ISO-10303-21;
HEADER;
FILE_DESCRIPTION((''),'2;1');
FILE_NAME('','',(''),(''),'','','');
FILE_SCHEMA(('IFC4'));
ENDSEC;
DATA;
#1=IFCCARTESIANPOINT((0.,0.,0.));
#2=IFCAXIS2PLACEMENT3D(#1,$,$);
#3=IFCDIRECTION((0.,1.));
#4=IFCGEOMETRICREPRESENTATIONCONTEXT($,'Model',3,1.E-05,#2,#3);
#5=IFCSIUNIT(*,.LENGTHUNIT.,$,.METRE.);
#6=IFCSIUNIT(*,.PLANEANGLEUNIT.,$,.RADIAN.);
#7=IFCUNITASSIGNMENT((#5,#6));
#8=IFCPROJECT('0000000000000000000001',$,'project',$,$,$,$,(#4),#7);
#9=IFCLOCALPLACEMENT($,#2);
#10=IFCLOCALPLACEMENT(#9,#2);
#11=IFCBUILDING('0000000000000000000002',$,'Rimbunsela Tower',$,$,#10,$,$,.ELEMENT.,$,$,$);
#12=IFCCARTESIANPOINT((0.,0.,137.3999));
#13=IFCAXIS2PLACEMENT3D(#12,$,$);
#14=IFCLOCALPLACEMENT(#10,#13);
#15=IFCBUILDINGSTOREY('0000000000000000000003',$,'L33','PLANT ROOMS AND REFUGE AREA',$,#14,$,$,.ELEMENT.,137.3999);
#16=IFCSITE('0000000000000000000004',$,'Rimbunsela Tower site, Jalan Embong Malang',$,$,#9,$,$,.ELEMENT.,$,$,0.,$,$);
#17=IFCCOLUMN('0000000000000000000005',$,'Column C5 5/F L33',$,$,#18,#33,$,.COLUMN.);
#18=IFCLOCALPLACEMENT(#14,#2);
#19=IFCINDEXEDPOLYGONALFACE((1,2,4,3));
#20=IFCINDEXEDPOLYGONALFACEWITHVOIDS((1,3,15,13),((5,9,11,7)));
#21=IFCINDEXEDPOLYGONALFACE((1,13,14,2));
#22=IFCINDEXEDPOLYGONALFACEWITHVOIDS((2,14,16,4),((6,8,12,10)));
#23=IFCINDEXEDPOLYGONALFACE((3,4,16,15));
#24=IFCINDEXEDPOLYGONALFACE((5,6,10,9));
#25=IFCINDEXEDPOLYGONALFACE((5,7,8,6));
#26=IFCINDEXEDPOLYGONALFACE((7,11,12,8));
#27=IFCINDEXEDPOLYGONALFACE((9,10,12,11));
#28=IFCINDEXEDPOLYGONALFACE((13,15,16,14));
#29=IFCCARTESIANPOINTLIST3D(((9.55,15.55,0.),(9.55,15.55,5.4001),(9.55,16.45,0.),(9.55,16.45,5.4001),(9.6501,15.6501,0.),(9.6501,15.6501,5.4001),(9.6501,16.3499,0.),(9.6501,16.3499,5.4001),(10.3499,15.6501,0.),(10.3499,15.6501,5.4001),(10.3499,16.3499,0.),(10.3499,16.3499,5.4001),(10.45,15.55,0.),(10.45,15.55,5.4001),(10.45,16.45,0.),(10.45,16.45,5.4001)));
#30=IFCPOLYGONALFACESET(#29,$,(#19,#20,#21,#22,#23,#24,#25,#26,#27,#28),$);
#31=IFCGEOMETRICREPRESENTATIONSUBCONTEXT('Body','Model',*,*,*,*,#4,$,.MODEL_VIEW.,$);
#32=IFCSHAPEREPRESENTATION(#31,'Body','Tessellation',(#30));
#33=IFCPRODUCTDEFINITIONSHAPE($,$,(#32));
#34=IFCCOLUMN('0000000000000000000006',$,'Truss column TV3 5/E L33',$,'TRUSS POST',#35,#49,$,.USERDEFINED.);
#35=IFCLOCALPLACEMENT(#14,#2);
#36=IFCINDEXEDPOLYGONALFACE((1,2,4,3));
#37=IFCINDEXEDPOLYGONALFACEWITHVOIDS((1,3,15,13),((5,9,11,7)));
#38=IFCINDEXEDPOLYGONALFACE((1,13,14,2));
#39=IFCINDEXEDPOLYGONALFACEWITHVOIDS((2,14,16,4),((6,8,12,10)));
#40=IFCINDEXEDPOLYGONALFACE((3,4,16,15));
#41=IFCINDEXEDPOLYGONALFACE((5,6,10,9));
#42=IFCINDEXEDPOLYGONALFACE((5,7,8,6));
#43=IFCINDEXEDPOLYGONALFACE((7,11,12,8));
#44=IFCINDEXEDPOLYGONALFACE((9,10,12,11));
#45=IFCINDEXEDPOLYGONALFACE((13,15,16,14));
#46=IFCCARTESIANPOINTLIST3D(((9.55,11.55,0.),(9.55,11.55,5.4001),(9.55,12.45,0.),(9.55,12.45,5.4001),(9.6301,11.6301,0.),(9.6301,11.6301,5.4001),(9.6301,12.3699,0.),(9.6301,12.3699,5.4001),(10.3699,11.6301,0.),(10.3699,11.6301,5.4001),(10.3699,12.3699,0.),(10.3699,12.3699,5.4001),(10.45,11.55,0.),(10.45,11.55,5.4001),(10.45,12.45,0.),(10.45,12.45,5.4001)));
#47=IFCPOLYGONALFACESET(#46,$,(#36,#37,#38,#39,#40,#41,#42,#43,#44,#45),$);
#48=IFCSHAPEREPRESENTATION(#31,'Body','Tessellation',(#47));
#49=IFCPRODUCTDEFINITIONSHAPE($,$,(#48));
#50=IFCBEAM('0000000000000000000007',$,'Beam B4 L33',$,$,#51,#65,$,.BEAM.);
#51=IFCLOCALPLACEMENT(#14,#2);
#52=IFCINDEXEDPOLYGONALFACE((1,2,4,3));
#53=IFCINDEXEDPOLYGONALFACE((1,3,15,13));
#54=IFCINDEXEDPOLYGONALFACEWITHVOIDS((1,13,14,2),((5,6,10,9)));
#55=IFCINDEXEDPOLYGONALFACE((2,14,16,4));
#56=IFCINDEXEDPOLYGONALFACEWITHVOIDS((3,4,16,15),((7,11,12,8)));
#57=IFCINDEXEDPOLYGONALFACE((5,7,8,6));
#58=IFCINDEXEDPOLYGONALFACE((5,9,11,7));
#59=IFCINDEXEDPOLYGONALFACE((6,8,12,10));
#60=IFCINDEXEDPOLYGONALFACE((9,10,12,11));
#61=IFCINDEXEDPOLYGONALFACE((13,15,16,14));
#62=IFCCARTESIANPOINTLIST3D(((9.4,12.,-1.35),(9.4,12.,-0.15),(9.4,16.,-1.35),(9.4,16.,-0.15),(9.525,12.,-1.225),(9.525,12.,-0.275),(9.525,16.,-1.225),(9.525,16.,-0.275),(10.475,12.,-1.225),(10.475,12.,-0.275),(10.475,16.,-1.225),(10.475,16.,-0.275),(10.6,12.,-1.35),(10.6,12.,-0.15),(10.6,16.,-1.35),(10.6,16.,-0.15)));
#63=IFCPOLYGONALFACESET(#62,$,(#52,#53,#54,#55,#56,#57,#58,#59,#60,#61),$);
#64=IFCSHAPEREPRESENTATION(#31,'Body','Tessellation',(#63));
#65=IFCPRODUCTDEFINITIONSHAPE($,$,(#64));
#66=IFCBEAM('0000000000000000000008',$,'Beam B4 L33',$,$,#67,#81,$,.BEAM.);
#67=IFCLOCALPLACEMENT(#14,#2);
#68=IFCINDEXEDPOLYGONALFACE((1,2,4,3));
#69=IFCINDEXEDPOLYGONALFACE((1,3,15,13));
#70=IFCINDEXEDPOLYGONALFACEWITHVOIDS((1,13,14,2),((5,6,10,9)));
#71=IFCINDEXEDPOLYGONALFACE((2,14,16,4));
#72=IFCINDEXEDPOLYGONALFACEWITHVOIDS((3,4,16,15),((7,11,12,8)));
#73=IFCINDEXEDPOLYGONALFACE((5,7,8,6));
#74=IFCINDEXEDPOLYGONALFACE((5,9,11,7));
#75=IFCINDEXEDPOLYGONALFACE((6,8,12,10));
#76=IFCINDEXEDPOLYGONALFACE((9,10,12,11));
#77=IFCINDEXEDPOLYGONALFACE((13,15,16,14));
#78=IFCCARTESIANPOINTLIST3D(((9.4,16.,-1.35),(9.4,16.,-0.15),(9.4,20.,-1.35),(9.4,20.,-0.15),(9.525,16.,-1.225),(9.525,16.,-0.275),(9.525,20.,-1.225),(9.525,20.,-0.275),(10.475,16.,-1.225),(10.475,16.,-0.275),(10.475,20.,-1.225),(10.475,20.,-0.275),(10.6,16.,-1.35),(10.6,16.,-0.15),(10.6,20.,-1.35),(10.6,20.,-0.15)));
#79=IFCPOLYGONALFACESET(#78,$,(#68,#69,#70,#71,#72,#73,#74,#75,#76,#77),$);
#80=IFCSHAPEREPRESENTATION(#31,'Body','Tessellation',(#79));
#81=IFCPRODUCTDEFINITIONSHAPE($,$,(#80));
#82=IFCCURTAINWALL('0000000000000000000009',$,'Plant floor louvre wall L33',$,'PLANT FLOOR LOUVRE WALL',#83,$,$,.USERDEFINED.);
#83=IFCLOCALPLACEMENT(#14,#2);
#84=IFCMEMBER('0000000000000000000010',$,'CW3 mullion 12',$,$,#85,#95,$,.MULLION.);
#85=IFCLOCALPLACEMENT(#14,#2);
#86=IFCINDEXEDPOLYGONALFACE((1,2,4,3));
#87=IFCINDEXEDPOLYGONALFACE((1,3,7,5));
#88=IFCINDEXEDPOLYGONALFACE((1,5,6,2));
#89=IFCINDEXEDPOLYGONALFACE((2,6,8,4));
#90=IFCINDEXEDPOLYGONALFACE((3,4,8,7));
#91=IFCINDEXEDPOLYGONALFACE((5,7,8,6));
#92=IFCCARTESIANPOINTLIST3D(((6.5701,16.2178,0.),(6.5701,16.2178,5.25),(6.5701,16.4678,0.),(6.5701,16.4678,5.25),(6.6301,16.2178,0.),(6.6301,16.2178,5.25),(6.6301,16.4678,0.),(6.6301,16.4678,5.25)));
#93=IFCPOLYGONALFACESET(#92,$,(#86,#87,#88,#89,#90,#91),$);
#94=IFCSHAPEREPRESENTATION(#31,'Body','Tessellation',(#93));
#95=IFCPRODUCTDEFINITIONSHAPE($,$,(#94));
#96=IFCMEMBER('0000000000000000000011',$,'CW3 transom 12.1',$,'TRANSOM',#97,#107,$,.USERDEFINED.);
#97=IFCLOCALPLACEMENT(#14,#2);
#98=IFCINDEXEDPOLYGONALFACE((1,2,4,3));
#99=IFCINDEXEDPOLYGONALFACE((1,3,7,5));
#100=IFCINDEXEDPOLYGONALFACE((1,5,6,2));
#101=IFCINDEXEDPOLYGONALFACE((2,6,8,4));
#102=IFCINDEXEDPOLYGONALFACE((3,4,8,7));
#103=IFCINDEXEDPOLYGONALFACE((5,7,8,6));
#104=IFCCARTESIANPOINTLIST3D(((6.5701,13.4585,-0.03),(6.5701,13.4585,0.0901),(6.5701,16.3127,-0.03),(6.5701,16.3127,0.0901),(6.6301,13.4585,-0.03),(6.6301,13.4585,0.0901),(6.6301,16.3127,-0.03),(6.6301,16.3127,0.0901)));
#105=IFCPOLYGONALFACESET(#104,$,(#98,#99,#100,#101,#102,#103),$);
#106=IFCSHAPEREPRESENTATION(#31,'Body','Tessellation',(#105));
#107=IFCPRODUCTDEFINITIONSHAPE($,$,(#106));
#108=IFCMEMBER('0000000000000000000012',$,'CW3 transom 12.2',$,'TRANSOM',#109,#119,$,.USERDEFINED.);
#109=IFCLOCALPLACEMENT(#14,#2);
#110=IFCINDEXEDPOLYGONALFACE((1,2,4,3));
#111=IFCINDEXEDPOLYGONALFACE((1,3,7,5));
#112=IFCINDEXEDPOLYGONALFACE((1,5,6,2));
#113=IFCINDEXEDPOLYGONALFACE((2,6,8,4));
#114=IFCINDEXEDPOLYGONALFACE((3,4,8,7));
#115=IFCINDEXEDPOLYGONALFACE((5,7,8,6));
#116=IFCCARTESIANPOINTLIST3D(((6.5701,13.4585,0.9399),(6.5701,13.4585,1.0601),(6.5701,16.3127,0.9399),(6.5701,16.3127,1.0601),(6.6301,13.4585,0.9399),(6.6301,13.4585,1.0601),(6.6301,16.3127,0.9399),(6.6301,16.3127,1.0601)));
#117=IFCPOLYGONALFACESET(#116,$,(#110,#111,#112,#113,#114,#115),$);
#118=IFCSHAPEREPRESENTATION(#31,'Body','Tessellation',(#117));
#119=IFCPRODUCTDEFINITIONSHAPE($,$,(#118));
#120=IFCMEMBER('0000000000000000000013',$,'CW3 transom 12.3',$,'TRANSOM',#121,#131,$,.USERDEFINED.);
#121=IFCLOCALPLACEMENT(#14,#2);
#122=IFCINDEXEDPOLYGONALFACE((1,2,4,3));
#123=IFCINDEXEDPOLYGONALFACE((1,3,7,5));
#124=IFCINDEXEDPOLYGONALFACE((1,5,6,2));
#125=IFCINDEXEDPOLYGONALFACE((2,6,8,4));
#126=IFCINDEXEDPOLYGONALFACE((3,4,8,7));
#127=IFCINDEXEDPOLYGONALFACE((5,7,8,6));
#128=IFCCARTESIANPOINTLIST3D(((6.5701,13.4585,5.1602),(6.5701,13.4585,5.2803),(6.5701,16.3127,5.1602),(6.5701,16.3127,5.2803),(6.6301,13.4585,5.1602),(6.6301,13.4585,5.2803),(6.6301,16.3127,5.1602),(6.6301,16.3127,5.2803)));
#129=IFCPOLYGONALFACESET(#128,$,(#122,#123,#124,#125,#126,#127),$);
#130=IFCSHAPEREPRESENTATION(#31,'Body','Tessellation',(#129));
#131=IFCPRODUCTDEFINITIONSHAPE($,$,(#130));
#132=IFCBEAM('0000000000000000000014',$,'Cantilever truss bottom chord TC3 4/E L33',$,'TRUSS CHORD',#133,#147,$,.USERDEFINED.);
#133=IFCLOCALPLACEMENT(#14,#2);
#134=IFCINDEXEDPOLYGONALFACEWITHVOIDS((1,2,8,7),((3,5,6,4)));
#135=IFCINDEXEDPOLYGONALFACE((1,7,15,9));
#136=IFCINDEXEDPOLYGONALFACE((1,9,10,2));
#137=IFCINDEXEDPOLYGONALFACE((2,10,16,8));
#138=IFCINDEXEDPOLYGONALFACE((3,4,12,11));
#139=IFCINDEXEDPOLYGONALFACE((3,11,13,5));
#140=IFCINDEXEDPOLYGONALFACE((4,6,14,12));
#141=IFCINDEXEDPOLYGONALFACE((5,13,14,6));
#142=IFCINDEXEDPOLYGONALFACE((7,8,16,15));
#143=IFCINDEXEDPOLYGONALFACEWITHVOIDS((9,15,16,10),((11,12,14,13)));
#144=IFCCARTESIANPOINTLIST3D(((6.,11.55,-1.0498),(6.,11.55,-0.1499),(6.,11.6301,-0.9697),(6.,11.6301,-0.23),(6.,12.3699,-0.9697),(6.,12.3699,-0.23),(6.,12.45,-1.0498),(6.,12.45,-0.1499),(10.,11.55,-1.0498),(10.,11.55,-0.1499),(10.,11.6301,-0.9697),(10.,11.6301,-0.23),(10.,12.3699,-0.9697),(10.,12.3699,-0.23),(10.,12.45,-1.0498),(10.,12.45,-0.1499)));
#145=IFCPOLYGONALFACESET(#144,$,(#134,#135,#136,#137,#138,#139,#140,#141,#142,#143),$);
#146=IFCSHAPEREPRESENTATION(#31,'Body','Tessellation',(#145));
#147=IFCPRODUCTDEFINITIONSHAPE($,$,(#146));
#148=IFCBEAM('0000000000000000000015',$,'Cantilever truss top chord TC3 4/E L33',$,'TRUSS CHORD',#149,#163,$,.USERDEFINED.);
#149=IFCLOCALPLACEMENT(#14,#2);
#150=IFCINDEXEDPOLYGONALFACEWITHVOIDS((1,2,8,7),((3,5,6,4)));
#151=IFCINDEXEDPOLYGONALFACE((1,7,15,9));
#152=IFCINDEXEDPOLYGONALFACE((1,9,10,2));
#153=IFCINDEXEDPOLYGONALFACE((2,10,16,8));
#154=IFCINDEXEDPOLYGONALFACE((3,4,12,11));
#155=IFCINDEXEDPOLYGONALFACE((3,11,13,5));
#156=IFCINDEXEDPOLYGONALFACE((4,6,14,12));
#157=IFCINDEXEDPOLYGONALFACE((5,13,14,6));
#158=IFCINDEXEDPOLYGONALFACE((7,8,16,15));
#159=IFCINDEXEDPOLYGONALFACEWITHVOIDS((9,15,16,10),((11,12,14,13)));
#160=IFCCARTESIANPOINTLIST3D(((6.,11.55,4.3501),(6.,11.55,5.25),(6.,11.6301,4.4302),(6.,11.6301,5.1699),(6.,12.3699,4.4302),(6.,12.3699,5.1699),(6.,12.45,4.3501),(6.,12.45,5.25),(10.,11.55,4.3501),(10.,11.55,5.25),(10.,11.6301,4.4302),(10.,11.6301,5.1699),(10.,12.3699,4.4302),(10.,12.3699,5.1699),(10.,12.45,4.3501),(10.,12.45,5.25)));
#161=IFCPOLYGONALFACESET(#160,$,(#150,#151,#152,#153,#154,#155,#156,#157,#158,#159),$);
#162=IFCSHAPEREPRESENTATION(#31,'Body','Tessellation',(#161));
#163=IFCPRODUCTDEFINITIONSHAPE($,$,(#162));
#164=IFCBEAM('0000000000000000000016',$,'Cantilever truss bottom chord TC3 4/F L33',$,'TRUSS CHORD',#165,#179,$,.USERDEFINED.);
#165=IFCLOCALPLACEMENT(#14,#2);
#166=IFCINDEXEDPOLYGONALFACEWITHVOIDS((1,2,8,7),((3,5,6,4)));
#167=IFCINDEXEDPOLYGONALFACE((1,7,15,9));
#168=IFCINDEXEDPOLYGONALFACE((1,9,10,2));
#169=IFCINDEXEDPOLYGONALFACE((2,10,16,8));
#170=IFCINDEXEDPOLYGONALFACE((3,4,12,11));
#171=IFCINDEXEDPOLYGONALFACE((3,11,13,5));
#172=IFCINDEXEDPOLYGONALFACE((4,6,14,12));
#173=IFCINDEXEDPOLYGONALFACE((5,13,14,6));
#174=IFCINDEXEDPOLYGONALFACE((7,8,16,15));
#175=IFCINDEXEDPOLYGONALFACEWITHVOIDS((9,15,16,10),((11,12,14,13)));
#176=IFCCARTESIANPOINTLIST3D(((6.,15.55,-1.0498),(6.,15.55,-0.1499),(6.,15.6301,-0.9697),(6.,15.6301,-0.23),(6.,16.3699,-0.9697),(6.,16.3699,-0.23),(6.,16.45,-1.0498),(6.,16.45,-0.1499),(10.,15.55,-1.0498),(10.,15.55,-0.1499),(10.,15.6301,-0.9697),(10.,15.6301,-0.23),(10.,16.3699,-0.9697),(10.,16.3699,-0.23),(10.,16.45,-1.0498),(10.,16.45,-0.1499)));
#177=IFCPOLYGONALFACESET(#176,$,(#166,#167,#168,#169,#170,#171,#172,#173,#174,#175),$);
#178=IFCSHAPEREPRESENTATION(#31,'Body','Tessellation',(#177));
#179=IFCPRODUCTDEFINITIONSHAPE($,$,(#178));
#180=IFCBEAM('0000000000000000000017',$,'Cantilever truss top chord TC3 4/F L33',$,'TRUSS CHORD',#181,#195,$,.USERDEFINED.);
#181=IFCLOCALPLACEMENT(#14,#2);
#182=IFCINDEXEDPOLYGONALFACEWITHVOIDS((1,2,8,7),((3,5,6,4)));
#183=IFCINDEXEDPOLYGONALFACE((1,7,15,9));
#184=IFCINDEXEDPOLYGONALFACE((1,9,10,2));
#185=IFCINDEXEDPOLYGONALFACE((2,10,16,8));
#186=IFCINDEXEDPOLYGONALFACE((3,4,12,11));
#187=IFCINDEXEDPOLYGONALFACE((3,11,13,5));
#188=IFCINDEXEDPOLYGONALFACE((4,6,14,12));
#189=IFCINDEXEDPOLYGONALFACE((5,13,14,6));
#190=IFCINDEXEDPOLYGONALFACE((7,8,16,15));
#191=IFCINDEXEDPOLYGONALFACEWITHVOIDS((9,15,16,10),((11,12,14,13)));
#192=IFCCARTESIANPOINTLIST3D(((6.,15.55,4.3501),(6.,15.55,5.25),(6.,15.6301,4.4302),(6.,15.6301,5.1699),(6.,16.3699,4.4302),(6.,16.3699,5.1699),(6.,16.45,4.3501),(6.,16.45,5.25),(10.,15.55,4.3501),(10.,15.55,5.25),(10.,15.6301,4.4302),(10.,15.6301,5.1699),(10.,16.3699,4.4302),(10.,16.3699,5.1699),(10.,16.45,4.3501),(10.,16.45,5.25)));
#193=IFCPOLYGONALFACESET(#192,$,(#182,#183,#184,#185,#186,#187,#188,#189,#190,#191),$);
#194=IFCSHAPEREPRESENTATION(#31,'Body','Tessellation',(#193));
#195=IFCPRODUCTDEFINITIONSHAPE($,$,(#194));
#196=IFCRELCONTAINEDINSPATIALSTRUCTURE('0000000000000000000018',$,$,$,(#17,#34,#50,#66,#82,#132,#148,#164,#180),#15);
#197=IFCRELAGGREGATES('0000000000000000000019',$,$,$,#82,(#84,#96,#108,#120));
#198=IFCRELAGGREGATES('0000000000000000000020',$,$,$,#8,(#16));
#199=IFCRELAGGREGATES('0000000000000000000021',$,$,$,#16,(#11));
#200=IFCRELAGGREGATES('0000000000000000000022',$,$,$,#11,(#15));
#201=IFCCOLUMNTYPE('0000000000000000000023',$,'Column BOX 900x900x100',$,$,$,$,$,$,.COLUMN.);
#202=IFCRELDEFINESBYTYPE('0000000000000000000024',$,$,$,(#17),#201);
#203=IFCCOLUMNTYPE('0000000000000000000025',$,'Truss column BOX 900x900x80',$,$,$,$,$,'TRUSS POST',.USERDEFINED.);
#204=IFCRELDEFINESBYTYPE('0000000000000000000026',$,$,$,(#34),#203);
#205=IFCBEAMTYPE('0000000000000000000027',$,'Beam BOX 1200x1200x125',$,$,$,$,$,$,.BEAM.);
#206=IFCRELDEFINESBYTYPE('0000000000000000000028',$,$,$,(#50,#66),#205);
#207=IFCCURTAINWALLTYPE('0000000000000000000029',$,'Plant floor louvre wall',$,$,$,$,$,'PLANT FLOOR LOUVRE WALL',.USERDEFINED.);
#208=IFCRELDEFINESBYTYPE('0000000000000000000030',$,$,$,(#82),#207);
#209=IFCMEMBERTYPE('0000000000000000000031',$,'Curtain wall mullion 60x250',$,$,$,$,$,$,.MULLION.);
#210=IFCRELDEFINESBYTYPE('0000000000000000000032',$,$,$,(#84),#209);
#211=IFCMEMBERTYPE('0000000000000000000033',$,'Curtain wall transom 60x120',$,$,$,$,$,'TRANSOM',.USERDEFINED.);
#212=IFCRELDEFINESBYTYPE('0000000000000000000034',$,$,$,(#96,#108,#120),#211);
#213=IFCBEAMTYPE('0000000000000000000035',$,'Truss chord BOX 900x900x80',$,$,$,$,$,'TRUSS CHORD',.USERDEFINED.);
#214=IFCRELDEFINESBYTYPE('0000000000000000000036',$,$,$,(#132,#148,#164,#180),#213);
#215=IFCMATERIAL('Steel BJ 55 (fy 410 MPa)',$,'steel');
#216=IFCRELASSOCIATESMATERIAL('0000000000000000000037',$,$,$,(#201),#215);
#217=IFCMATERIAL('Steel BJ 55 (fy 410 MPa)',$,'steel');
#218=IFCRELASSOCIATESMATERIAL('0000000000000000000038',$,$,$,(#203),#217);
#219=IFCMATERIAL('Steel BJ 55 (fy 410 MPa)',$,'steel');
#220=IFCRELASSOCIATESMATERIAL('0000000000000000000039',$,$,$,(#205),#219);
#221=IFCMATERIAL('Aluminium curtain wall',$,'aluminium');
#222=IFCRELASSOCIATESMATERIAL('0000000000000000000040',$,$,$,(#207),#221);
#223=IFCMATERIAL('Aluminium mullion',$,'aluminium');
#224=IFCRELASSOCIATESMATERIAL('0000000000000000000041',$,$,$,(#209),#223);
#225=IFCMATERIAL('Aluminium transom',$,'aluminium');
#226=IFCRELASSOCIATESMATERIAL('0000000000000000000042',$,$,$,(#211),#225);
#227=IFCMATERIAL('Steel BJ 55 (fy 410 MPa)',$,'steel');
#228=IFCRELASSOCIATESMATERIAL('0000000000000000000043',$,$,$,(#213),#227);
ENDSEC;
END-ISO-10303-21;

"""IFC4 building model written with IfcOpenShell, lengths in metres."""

from ifc_helpers import new_model, si_unit, direction, frame, origin, origin_2d, place, context, subcontext, project, spatial, rectangle, hollow_rectangle, extrude, material, material_profile, profile_set, type_object, element, aggregate, save


model = new_model("IFC4")

# Units and contexts
model_context = context("Model", 3, precision=1e-05, world=origin(), true_north=direction((0.0, 1.0)))
body_context = subcontext(model_context, "Body", "Model", "MODEL_VIEW")
ifc_project = project(units=[si_unit("LENGTHUNIT", "METRE"), si_unit("PLANEANGLEUNIT", "RADIAN")], contexts=[model_context])

# Site, building, storey
site_placement = place(None, origin())
site = spatial("IfcSite", under=ifc_project, at=site_placement, Name="Rimbunsela Tower site, Jalan Embong Malang", CompositionType="ELEMENT", RefElevation=0.0)
building_placement = place(site_placement, origin())
building = spatial("IfcBuilding", under=site, at=building_placement, Name="Rimbunsela Tower", CompositionType="ELEMENT")
storey_placement = place(building_placement, frame((0.0, 0.0, 137.3999)))
storey = spatial("IfcBuildingStorey", under=building, at=storey_placement, Name="L33", Description="PLANT ROOMS AND REFUGE AREA", CompositionType="ELEMENT", Elevation=137.3999)

# Columns
ifc_material_1 = material(Name="Steel BJ 55 (fy 410 MPa)", Category="steel")
ifc_material_profile_1 = material_profile(ifc_material_1, hollow_rectangle(XDim=0.8999, YDim=0.8999, WallThickness=0.1001, at=origin_2d()), Name="BOX 900x900x100")
ifc_profile_set_1 = profile_set([ifc_material_profile_1], Name="Steel BJ 55 (fy 410 MPa)")
column_type_1 = type_object("IfcColumnType", Name="Column BOX 900x900x100", PredefinedType="COLUMN", material=ifc_profile_set_1)
column_1_placement = place(storey_placement, frame((10.0, 16.0, 0.0), z_axis=(0.0, 0.0, 1.0), x_axis=(1.0, 0.0, 0.0)))
element("IfcColumn", 1, at=column_1_placement, inside=storey, type_object=column_type_1, Name="Column C5 5/F L33", PredefinedType="COLUMN", context=body_context, shape_type="SweptSolid", body=[
    extrude(hollow_rectangle(XDim=0.8999, YDim=0.8999, WallThickness=0.1001, at=origin_2d()), origin(), (0.0, 0.0, 1.0), 5.4001),
])
ifc_material_2 = material(Name="Steel BJ 55 (fy 410 MPa)", Category="steel")
ifc_material_profile_2 = material_profile(ifc_material_2, hollow_rectangle(XDim=0.8999, YDim=0.8999, WallThickness=0.0801, at=origin_2d()), Name="BOX 900x900x80")
ifc_profile_set_2 = profile_set([ifc_material_profile_2], Name="Steel BJ 55 (fy 410 MPa)")
column_type_2 = type_object("IfcColumnType", Name="Truss column BOX 900x900x80", ElementType="TRUSS POST", PredefinedType="USERDEFINED", material=ifc_profile_set_2)
column_2_placement = place(storey_placement, frame((10.0, 12.0, 0.0), z_axis=(0.0, 0.0, 1.0), x_axis=(1.0, 0.0, 0.0)))
element("IfcColumn", 2, at=column_2_placement, inside=storey, type_object=column_type_2, Name="Truss column TV3 5/E L33", ObjectType="TRUSS POST", PredefinedType="USERDEFINED", context=body_context, shape_type="SweptSolid", body=[
    extrude(hollow_rectangle(XDim=0.8999, YDim=0.8999, WallThickness=0.0801, at=origin_2d()), origin(), (0.0, 0.0, 1.0), 5.4001),
])

# Beams
ifc_material_3 = material(Name="Steel BJ 55 (fy 410 MPa)", Category="steel")
ifc_material_profile_3 = material_profile(ifc_material_3, hollow_rectangle(XDim=1.2, YDim=1.2, WallThickness=0.125, at=origin_2d()), Name="BOX 1200x1200x125")
ifc_profile_set_3 = profile_set([ifc_material_profile_3], Name="Steel BJ 55 (fy 410 MPa)")
beam_type_1 = type_object("IfcBeamType", Name="Beam BOX 1200x1200x125", PredefinedType="BEAM", material=ifc_profile_set_3)
for number, where, z_axis, x_axis, name in (
    (3, (10.0, 12.0, -0.75), (0.0, 1.0, 0.0), (-1.0, 0.0, 0.0), "Beam B4 L33"),
    (4, (10.0, 16.0, -0.75), (0.0, 1.0, 0.0), (-1.0, 0.0, 0.0), "Beam B4 L33"),
):
    element("IfcBeam", number, at=place(storey_placement, frame(where, z_axis=z_axis, x_axis=x_axis)), inside=storey, type_object=beam_type_1, Name=name, PredefinedType="BEAM", context=body_context, shape_type="SweptSolid", body=[
        extrude(hollow_rectangle(XDim=1.2, YDim=1.2, WallThickness=0.125, at=origin_2d()), origin(), (0.0, 0.0, 1.0), 4.0),
    ])

# Curtain wall, members
ifc_material_4 = material(Name="Aluminium curtain wall", Category="aluminium")
curtain_wall_type = type_object("IfcCurtainWallType", Name="Plant floor louvre wall", ElementType="PLANT FLOOR LOUVRE WALL", PredefinedType="USERDEFINED", material=ifc_material_4)
curtain_wall_placement = place(storey_placement, origin())
curtain_wall = element("IfcCurtainWall", 5, at=curtain_wall_placement, inside=storey, type_object=curtain_wall_type, Name="Plant floor louvre wall L33", ObjectType="PLANT FLOOR LOUVRE WALL", PredefinedType="USERDEFINED")
ifc_material_5 = material(Name="Aluminium mullion", Category="aluminium")
ifc_material_profile_4 = material_profile(ifc_material_5, rectangle(XDim=0.0601, YDim=0.25, at=origin_2d()), Name="Mullion 60x250")
ifc_profile_set_4 = profile_set([ifc_material_profile_4], Name="Aluminium mullion")
member_type_1 = type_object("IfcMemberType", Name="Curtain wall mullion 60x250", PredefinedType="MULLION", material=ifc_profile_set_4)
member_1_placement = place(storey_placement, frame((6.6001, 16.3428, 0.0), z_axis=(0.0, 0.0, 1.0), x_axis=(1.0, 0.0, 0.0)))
member_1 = element("IfcMember", 6, at=member_1_placement, type_object=member_type_1, Name="CW3 mullion 12", PredefinedType="MULLION", context=body_context, shape_type="SweptSolid", body=[
    extrude(rectangle(XDim=0.0601, YDim=0.25, at=origin_2d()), origin(), (0.0, 0.0, 1.0), 5.25),
])
ifc_material_6 = material(Name="Aluminium transom", Category="aluminium")
ifc_material_profile_5 = material_profile(ifc_material_6, rectangle(XDim=0.0601, YDim=0.1201, at=origin_2d()), Name="Transom 60x120")
ifc_profile_set_5 = profile_set([ifc_material_profile_5], Name="Aluminium transom")
member_type_2 = type_object("IfcMemberType", Name="Curtain wall transom 60x120", ElementType="TRANSOM", PredefinedType="USERDEFINED", material=ifc_profile_set_5)
member_2_placement = place(storey_placement, frame((6.6001, 16.3127, 0.03), z_axis=(0.0, -1.0, 0.0), x_axis=(1.0, 0.0, 0.0)))
member_2 = element("IfcMember", 7, at=member_2_placement, type_object=member_type_2, Name="CW3 transom 12.1", ObjectType="TRANSOM", PredefinedType="USERDEFINED", context=body_context, shape_type="SweptSolid", body=[
    extrude(rectangle(XDim=0.0601, YDim=0.1201, at=origin_2d()), origin(), (0.0, 0.0, 1.0), 2.8542),
])
member_3_placement = place(storey_placement, frame((6.6001, 16.3127, 1.0), z_axis=(0.0, -1.0, 0.0), x_axis=(1.0, 0.0, 0.0)))
member_3 = element("IfcMember", 8, at=member_3_placement, type_object=member_type_2, Name="CW3 transom 12.2", ObjectType="TRANSOM", PredefinedType="USERDEFINED", context=body_context, shape_type="SweptSolid", body=[
    extrude(rectangle(XDim=0.0601, YDim=0.1201, at=origin_2d()), origin(), (0.0, 0.0, 1.0), 2.8542),
])
member_4_placement = place(storey_placement, frame((6.6001, 16.3127, 5.2202), z_axis=(0.0, -1.0, 0.0), x_axis=(1.0, 0.0, 0.0)))
member_4 = element("IfcMember", 9, at=member_4_placement, type_object=member_type_2, Name="CW3 transom 12.3", ObjectType="TRANSOM", PredefinedType="USERDEFINED", context=body_context, shape_type="SweptSolid", body=[
    extrude(rectangle(XDim=0.0601, YDim=0.1201, at=origin_2d()), origin(), (0.0, 0.0, 1.0), 2.8542),
])

# Beams
ifc_material_7 = material(Name="Steel BJ 55 (fy 410 MPa)", Category="steel")
ifc_material_profile_6 = material_profile(ifc_material_7, hollow_rectangle(XDim=0.8999, YDim=0.8999, WallThickness=0.0801, at=origin_2d()), Name="BOX 900x900x80")
ifc_profile_set_6 = profile_set([ifc_material_profile_6], Name="Steel BJ 55 (fy 410 MPa)")
beam_type_2 = type_object("IfcBeamType", Name="Truss chord BOX 900x900x80", ElementType="TRUSS CHORD", PredefinedType="USERDEFINED", material=ifc_profile_set_6)
for number, where, z_axis, x_axis, name in (
    (10, (10.0, 12.0, -0.5999), (-1.0, 0.0, 0.0), (0.0, -1.0, 0.0), "Cantilever truss bottom chord TC3 4/E L33"),
    (11, (10.0, 12.0, 4.8), (-1.0, 0.0, 0.0), (0.0, -1.0, 0.0), "Cantilever truss top chord TC3 4/E L33"),
    (12, (10.0, 16.0, -0.5999), (-1.0, 0.0, 0.0), (0.0, -1.0, 0.0), "Cantilever truss bottom chord TC3 4/F L33"),
    (13, (10.0, 16.0, 4.8), (-1.0, 0.0, 0.0), (0.0, -1.0, 0.0), "Cantilever truss top chord TC3 4/F L33"),
):
    element("IfcBeam", number, at=place(storey_placement, frame(where, z_axis=z_axis, x_axis=x_axis)), inside=storey, type_object=beam_type_2, Name=name, ObjectType="TRUSS CHORD", PredefinedType="USERDEFINED", context=body_context, shape_type="SweptSolid", body=[
        extrude(hollow_rectangle(XDim=0.8999, YDim=0.8999, WallThickness=0.0801, at=origin_2d()), origin(), (0.0, 0.0, 1.0), 4.0),
    ])

aggregate(curtain_wall, [member_1, member_2, member_3, member_4])

save(model, "model.ifc")
